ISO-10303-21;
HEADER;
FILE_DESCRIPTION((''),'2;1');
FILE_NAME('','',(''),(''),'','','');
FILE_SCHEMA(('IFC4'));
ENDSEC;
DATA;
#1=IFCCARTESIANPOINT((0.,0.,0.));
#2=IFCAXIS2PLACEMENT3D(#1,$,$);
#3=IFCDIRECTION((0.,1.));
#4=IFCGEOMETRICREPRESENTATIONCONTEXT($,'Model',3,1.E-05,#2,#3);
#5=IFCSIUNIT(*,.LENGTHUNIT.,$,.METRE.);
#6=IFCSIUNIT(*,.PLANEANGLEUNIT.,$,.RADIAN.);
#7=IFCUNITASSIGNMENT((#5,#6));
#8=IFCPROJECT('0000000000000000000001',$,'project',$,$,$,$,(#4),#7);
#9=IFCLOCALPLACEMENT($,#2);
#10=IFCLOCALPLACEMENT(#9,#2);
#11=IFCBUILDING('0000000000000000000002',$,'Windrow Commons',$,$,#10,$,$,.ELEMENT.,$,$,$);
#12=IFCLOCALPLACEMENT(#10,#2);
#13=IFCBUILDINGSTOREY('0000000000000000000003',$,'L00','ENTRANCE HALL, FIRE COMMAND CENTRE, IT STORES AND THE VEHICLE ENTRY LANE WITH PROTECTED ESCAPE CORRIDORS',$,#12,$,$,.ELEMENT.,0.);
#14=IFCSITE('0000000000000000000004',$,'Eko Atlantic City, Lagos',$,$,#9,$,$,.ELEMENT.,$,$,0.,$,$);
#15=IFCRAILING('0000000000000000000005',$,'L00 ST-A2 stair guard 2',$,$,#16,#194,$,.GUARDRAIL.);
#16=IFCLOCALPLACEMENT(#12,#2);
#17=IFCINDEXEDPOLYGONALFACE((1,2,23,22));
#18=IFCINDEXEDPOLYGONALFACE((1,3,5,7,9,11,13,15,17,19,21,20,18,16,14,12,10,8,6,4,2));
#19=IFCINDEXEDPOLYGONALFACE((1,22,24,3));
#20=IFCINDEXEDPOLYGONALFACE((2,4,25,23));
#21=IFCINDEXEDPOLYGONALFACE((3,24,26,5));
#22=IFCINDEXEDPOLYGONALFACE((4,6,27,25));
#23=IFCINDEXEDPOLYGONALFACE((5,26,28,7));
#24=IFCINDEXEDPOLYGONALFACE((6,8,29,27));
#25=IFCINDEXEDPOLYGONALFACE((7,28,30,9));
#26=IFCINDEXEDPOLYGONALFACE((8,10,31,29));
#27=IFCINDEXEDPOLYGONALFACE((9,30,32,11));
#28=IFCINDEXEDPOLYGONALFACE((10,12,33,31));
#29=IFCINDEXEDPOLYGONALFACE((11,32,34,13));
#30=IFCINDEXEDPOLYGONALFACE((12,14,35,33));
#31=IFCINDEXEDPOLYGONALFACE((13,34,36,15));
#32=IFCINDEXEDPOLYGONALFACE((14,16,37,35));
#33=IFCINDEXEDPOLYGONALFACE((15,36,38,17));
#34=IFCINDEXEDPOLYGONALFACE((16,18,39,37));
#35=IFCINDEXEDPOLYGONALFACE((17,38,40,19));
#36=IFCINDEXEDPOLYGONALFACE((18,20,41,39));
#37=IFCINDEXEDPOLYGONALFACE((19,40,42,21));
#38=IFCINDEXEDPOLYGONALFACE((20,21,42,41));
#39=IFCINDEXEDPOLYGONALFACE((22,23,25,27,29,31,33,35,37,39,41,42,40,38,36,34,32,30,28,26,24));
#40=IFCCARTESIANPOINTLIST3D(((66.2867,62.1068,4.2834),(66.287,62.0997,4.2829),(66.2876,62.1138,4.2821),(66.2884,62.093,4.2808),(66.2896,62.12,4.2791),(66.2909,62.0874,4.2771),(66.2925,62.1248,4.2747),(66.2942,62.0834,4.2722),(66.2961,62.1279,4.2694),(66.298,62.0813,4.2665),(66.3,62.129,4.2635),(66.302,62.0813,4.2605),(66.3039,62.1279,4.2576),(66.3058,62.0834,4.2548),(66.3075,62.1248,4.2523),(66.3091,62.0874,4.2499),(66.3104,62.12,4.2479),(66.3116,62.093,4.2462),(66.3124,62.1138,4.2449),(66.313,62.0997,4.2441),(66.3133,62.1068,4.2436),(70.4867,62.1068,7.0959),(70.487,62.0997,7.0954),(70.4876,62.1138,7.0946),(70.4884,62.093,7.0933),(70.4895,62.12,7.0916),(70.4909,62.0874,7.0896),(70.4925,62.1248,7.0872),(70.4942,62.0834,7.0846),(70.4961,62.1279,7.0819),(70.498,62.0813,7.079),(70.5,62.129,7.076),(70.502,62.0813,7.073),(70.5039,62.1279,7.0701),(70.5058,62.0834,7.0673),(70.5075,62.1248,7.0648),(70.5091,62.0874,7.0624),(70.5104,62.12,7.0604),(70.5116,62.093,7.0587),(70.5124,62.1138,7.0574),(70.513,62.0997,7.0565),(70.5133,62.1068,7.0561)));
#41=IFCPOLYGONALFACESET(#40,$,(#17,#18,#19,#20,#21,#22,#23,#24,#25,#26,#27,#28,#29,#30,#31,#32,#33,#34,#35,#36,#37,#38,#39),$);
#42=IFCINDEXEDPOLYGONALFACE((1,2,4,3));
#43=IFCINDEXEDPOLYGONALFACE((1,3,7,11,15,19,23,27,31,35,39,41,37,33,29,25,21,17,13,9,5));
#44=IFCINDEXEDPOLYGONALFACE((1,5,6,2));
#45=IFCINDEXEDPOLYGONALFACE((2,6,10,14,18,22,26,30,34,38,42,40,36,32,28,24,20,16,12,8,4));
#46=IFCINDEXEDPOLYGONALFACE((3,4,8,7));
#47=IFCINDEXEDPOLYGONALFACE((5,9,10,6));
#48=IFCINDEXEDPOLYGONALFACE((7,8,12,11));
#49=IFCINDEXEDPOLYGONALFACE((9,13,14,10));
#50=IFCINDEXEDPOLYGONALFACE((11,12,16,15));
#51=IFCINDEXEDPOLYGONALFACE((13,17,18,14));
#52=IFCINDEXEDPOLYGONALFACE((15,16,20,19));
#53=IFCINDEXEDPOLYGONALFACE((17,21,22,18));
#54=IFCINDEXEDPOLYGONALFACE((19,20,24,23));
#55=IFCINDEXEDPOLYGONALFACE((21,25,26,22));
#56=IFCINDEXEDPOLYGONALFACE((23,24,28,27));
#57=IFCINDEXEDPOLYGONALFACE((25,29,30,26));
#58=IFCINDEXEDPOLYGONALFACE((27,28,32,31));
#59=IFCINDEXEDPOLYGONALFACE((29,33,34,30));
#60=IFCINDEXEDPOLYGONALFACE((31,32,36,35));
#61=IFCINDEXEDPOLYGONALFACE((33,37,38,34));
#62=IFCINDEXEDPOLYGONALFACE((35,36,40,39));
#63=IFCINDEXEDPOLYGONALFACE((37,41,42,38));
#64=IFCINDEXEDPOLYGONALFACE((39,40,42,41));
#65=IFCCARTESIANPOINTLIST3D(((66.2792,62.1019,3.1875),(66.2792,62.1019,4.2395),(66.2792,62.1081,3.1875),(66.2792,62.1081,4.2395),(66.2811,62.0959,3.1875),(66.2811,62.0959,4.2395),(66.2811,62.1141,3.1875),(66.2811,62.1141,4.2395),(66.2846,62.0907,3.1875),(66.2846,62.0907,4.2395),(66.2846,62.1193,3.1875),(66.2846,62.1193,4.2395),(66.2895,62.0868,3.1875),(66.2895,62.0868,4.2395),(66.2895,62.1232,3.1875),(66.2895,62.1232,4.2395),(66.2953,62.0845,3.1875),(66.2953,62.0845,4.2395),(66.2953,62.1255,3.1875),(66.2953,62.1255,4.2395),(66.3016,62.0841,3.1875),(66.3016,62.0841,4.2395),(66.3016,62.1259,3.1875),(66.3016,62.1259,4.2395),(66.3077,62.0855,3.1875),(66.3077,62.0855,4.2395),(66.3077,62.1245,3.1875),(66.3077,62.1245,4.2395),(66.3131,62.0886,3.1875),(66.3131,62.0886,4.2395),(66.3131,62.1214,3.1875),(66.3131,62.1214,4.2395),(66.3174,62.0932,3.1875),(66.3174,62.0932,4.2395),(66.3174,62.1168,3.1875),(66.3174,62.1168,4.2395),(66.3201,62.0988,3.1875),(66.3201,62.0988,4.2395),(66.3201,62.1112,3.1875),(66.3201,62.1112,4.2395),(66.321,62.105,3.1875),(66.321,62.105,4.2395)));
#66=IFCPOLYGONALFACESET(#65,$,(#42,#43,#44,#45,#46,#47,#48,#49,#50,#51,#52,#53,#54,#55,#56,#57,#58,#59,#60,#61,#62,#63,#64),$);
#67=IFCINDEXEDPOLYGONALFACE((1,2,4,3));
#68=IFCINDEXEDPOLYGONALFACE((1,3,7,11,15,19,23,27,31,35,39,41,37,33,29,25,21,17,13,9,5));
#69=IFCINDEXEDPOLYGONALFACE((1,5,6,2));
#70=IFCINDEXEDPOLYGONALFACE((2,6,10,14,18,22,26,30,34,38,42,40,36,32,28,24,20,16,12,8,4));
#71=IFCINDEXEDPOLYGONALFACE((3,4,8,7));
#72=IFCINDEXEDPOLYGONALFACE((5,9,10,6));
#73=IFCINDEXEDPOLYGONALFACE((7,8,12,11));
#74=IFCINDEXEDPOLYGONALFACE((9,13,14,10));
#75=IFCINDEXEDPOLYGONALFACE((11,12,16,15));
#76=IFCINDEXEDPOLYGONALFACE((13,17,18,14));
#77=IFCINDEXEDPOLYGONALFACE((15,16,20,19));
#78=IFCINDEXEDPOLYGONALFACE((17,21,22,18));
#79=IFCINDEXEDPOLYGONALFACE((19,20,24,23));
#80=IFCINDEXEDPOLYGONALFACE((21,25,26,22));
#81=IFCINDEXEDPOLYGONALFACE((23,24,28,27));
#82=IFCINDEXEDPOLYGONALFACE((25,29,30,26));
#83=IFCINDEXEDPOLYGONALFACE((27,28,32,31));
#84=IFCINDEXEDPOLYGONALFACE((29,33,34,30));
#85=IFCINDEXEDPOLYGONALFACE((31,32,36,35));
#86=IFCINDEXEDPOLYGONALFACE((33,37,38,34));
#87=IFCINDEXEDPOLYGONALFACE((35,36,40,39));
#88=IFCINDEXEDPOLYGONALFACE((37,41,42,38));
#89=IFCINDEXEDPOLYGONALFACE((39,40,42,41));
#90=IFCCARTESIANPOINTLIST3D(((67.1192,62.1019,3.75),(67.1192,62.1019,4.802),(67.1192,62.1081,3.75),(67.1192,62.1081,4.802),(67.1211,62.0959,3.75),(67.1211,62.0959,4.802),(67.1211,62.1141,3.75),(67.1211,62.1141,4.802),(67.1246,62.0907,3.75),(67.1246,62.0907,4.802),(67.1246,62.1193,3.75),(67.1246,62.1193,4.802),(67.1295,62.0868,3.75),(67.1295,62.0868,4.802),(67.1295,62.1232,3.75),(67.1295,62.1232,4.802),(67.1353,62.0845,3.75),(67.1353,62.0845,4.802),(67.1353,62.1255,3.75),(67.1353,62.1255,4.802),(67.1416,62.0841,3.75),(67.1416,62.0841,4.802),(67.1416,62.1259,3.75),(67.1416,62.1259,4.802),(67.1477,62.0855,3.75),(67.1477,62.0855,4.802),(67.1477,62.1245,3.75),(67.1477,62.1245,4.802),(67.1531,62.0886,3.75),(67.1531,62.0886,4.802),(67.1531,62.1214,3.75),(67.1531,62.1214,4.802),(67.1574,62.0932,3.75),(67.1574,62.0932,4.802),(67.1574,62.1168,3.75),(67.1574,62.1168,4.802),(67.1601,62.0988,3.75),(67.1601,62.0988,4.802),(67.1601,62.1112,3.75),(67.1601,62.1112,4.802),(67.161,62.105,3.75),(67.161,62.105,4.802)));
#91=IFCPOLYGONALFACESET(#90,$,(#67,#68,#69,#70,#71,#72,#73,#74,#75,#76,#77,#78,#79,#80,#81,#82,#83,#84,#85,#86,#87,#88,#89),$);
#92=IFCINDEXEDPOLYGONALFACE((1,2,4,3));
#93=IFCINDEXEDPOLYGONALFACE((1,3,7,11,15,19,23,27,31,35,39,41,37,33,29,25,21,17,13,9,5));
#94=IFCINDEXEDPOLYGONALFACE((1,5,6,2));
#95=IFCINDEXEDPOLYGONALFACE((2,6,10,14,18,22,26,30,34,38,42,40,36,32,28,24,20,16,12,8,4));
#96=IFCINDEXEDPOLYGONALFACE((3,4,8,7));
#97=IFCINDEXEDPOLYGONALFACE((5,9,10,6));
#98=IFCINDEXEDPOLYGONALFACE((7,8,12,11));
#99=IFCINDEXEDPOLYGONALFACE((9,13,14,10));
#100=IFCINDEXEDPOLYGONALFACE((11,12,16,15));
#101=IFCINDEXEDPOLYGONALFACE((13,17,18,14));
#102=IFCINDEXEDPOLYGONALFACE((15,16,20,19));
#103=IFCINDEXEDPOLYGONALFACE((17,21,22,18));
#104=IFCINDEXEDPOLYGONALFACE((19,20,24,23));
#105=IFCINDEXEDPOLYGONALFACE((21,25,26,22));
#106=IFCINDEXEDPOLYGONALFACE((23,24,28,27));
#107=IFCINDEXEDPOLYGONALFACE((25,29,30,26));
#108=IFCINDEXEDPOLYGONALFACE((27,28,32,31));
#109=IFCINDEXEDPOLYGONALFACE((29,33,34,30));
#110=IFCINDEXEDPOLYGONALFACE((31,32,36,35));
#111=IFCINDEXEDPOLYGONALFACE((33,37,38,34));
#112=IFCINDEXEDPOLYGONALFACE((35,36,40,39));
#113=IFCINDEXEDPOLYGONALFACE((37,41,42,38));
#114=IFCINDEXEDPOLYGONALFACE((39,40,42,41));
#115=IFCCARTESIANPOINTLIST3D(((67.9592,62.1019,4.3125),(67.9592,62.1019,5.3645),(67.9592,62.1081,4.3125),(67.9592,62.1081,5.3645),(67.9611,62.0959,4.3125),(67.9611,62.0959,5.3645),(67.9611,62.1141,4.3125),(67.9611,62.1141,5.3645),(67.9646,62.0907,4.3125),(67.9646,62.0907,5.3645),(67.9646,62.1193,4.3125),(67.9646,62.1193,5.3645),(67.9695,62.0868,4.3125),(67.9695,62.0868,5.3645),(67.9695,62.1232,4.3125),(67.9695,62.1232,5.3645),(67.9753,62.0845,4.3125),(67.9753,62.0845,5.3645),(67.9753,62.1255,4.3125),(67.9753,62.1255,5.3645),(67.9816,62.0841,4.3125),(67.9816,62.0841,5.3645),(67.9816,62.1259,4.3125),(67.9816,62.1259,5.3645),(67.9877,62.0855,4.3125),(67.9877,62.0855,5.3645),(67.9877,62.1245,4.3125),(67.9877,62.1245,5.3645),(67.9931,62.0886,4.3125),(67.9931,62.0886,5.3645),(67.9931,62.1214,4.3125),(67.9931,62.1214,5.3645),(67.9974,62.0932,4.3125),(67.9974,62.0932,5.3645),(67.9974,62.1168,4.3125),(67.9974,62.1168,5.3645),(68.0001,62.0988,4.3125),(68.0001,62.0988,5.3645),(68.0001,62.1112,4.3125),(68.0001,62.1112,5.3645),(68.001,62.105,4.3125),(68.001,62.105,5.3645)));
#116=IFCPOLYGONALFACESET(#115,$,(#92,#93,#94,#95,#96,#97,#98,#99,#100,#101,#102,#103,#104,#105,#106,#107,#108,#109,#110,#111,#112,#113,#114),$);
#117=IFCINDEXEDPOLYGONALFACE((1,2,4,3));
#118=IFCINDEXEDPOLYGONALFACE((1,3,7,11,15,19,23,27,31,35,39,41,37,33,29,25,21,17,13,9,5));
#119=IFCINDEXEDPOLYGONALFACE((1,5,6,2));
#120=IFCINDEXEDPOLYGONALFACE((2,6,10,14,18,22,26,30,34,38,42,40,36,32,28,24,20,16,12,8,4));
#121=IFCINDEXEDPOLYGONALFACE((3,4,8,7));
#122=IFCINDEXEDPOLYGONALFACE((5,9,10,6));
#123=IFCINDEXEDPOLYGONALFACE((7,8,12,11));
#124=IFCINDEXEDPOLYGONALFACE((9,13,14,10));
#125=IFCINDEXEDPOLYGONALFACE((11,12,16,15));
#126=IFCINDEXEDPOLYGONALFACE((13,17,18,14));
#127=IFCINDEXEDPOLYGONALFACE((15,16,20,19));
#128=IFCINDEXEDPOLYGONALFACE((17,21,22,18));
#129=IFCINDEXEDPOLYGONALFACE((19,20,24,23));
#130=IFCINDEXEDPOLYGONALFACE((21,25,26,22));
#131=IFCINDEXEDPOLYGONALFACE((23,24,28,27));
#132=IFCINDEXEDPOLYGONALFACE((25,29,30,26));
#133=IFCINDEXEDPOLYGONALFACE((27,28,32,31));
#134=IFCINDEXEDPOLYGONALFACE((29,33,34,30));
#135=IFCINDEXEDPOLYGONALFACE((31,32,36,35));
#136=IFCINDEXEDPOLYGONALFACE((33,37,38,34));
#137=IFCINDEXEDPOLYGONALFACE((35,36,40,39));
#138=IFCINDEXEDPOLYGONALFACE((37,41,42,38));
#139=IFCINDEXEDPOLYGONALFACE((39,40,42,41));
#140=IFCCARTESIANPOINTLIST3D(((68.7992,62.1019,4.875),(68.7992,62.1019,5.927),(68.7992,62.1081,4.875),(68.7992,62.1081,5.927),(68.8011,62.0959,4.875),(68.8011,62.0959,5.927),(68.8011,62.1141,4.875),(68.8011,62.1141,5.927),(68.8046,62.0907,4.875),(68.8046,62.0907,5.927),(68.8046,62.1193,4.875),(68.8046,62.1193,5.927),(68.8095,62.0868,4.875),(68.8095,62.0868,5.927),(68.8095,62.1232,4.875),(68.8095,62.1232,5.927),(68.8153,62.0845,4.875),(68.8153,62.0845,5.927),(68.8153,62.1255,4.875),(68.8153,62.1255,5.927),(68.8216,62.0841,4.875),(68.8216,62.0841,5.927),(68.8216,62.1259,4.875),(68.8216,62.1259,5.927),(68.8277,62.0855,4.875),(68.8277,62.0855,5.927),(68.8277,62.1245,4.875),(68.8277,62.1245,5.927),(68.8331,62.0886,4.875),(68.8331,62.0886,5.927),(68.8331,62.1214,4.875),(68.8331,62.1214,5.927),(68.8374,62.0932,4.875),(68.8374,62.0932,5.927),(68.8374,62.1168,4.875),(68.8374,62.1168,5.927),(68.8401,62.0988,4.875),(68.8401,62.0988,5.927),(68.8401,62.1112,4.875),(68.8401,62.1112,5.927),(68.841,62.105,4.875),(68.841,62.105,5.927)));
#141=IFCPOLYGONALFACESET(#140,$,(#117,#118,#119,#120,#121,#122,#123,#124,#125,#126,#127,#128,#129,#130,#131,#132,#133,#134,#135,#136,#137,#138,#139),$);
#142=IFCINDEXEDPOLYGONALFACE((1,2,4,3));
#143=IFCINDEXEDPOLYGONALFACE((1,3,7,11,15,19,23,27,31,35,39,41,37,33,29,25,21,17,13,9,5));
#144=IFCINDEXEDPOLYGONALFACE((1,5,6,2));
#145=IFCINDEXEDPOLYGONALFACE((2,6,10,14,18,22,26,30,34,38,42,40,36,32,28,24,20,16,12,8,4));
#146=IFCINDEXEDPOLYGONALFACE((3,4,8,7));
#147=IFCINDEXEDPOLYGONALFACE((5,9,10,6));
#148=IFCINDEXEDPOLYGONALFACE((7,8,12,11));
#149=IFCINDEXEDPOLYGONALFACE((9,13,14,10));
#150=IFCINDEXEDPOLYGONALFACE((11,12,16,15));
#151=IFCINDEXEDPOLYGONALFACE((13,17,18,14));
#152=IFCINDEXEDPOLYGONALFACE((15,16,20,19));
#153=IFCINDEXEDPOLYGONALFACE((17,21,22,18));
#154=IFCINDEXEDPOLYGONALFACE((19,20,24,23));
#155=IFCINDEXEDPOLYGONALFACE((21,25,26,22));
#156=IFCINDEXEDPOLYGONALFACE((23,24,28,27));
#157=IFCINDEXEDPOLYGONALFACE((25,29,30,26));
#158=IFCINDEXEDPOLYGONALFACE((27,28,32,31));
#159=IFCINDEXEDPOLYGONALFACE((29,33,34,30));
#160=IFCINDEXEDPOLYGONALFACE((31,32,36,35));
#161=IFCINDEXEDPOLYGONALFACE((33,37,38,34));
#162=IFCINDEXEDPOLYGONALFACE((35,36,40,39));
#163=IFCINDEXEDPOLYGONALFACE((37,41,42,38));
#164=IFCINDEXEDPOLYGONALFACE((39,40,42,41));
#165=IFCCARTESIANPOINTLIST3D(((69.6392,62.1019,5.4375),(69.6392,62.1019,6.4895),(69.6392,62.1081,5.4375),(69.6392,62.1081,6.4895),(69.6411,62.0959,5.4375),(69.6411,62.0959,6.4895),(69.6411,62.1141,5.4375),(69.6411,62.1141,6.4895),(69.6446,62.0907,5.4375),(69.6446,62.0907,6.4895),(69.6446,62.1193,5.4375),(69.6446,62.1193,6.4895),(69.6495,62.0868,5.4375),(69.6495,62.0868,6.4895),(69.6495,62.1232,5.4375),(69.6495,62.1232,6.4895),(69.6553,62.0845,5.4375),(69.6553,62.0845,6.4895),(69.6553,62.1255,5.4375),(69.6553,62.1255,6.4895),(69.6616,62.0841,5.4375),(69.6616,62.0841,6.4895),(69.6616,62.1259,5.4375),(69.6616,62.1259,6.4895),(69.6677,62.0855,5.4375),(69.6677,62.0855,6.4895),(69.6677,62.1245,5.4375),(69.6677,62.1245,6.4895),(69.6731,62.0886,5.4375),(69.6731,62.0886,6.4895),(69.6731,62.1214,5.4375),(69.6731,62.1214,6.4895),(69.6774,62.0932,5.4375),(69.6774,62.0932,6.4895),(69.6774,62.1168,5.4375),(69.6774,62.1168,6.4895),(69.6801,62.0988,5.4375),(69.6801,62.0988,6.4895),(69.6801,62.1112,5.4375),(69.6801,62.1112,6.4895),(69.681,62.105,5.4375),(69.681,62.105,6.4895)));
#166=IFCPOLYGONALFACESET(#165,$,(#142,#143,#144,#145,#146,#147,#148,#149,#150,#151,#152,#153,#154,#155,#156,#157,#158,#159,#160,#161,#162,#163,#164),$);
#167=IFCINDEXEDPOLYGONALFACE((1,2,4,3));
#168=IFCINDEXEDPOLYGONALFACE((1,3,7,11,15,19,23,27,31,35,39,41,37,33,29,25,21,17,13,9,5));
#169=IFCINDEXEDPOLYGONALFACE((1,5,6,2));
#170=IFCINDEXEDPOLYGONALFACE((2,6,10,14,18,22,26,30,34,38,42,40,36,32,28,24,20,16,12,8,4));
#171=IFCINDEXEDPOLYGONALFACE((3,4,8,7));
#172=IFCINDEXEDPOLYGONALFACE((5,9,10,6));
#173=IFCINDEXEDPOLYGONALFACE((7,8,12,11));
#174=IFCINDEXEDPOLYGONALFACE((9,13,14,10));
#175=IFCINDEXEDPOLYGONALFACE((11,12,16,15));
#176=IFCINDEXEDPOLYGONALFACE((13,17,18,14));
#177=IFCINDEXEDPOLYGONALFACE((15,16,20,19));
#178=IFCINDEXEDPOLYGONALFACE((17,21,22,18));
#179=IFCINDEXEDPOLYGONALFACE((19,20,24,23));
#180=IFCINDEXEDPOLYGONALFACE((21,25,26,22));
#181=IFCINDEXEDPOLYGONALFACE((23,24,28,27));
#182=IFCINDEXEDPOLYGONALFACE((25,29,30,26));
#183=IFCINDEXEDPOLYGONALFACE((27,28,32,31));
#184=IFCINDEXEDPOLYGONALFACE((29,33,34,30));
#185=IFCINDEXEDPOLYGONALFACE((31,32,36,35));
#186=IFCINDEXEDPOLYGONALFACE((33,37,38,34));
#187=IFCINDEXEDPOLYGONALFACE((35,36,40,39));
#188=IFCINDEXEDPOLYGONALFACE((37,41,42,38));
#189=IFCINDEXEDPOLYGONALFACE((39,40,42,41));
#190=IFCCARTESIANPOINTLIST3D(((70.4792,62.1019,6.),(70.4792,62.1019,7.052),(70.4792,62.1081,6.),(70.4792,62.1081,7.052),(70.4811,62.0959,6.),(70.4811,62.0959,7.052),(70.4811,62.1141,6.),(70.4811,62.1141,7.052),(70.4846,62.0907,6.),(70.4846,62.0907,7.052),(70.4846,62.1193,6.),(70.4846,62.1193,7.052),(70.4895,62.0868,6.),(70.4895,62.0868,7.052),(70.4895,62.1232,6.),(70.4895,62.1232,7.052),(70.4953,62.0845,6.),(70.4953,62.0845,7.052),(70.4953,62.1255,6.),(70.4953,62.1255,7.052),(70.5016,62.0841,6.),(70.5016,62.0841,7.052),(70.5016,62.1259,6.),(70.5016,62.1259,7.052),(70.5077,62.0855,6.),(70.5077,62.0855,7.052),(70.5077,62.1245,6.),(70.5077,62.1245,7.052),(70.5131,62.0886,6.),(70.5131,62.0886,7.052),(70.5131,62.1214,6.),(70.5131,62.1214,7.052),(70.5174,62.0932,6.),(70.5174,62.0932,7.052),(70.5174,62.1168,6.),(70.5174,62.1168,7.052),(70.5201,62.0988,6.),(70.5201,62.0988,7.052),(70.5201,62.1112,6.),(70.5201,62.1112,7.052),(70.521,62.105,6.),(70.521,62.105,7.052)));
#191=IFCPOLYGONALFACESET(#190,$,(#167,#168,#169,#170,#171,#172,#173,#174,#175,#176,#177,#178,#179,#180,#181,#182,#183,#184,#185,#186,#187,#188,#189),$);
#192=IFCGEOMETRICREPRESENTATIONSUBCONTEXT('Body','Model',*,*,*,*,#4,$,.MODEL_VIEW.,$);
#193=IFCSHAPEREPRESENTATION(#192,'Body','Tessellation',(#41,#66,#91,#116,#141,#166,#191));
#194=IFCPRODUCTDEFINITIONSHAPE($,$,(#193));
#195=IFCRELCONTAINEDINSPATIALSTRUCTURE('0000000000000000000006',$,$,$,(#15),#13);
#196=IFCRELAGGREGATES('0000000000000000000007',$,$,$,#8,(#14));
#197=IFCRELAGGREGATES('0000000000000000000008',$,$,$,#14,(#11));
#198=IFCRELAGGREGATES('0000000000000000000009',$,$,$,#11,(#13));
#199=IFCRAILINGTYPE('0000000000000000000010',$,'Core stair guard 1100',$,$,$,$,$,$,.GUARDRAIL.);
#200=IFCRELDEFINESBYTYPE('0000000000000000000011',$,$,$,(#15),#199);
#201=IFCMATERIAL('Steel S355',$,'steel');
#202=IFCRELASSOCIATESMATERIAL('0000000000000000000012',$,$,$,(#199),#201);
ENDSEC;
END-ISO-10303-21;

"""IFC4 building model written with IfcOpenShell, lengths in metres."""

from ifc_helpers import new_model, si_unit, direction, frame, origin, origin_2d, place, context, subcontext, project, spatial, circle, extrude, material, type_object, element, save


model = new_model("IFC4")

# Units and contexts
model_context = context("Model", 3, precision=1e-05, world=origin(), true_north=direction((0.0, 1.0)))
body_context = subcontext(model_context, "Body", "Model", "MODEL_VIEW")
ifc_project = project(units=[si_unit("LENGTHUNIT", "METRE"), si_unit("PLANEANGLEUNIT", "RADIAN")], contexts=[model_context])

# Site, building, storey
site_placement = place(None, origin())
site = spatial("IfcSite", under=ifc_project, at=site_placement, Name="Eko Atlantic City, Lagos", CompositionType="ELEMENT", RefElevation=0.0)
building_placement = place(site_placement, origin())
building = spatial("IfcBuilding", under=site, at=building_placement, Name="Windrow Commons", CompositionType="ELEMENT")
storey_placement = place(building_placement, origin())
storey = spatial("IfcBuildingStorey", under=building, at=storey_placement, Name="L00", Description="ENTRANCE HALL, FIRE COMMAND CENTRE, IT STORES AND THE VEHICLE ENTRY LANE WITH PROTECTED ESCAPE CORRIDORS", CompositionType="ELEMENT", Elevation=0.0)

# Railing
ifc_material_1 = material(Name="Steel S355", Category="steel")
railing_type_1 = type_object("IfcRailingType", Name="Core stair guard 1100", PredefinedType="GUARDRAIL", material=ifc_material_1)
railing_1_placement = place(storey_placement, frame((66.3, 62.105, 3.1875)))
element("IfcRailing", 1, at=railing_1_placement, inside=storey, type_object=railing_type_1, Name="L00 ST-A2 stair guard 2", PredefinedType="GUARDRAIL", context=body_context, shape_type="SweptSolid", body=[
    extrude(circle(Radius=0.024, at=origin_2d()), frame((0.0, 0.0, 1.076), z_axis=(0.830907, 0.0, 0.556411), x_axis=(0.0, 1.0, 0.0)), (0.0, 0.0, 1.0), 5.0547),
    extrude(circle(Radius=0.021, at=origin_2d()), origin(), (0.0, 0.0, 1.0), 1.052),
    extrude(circle(Radius=0.021, at=origin_2d()), frame((0.84, 0.0, 0.5625)), (0.0, 0.0, 1.0), 1.052),
    extrude(circle(Radius=0.021, at=origin_2d()), frame((1.68, 0.0, 1.125)), (0.0, 0.0, 1.0), 1.052),
    extrude(circle(Radius=0.021, at=origin_2d()), frame((2.52, 0.0, 1.6875)), (0.0, 0.0, 1.0), 1.052),
    extrude(circle(Radius=0.021, at=origin_2d()), frame((3.36, 0.0, 2.25)), (0.0, 0.0, 1.0), 1.052),
    extrude(circle(Radius=0.021, at=origin_2d()), frame((4.2, 0.0, 2.8125)), (0.0, 0.0, 1.0), 1.052),
])

save(model, "model.ifc")
